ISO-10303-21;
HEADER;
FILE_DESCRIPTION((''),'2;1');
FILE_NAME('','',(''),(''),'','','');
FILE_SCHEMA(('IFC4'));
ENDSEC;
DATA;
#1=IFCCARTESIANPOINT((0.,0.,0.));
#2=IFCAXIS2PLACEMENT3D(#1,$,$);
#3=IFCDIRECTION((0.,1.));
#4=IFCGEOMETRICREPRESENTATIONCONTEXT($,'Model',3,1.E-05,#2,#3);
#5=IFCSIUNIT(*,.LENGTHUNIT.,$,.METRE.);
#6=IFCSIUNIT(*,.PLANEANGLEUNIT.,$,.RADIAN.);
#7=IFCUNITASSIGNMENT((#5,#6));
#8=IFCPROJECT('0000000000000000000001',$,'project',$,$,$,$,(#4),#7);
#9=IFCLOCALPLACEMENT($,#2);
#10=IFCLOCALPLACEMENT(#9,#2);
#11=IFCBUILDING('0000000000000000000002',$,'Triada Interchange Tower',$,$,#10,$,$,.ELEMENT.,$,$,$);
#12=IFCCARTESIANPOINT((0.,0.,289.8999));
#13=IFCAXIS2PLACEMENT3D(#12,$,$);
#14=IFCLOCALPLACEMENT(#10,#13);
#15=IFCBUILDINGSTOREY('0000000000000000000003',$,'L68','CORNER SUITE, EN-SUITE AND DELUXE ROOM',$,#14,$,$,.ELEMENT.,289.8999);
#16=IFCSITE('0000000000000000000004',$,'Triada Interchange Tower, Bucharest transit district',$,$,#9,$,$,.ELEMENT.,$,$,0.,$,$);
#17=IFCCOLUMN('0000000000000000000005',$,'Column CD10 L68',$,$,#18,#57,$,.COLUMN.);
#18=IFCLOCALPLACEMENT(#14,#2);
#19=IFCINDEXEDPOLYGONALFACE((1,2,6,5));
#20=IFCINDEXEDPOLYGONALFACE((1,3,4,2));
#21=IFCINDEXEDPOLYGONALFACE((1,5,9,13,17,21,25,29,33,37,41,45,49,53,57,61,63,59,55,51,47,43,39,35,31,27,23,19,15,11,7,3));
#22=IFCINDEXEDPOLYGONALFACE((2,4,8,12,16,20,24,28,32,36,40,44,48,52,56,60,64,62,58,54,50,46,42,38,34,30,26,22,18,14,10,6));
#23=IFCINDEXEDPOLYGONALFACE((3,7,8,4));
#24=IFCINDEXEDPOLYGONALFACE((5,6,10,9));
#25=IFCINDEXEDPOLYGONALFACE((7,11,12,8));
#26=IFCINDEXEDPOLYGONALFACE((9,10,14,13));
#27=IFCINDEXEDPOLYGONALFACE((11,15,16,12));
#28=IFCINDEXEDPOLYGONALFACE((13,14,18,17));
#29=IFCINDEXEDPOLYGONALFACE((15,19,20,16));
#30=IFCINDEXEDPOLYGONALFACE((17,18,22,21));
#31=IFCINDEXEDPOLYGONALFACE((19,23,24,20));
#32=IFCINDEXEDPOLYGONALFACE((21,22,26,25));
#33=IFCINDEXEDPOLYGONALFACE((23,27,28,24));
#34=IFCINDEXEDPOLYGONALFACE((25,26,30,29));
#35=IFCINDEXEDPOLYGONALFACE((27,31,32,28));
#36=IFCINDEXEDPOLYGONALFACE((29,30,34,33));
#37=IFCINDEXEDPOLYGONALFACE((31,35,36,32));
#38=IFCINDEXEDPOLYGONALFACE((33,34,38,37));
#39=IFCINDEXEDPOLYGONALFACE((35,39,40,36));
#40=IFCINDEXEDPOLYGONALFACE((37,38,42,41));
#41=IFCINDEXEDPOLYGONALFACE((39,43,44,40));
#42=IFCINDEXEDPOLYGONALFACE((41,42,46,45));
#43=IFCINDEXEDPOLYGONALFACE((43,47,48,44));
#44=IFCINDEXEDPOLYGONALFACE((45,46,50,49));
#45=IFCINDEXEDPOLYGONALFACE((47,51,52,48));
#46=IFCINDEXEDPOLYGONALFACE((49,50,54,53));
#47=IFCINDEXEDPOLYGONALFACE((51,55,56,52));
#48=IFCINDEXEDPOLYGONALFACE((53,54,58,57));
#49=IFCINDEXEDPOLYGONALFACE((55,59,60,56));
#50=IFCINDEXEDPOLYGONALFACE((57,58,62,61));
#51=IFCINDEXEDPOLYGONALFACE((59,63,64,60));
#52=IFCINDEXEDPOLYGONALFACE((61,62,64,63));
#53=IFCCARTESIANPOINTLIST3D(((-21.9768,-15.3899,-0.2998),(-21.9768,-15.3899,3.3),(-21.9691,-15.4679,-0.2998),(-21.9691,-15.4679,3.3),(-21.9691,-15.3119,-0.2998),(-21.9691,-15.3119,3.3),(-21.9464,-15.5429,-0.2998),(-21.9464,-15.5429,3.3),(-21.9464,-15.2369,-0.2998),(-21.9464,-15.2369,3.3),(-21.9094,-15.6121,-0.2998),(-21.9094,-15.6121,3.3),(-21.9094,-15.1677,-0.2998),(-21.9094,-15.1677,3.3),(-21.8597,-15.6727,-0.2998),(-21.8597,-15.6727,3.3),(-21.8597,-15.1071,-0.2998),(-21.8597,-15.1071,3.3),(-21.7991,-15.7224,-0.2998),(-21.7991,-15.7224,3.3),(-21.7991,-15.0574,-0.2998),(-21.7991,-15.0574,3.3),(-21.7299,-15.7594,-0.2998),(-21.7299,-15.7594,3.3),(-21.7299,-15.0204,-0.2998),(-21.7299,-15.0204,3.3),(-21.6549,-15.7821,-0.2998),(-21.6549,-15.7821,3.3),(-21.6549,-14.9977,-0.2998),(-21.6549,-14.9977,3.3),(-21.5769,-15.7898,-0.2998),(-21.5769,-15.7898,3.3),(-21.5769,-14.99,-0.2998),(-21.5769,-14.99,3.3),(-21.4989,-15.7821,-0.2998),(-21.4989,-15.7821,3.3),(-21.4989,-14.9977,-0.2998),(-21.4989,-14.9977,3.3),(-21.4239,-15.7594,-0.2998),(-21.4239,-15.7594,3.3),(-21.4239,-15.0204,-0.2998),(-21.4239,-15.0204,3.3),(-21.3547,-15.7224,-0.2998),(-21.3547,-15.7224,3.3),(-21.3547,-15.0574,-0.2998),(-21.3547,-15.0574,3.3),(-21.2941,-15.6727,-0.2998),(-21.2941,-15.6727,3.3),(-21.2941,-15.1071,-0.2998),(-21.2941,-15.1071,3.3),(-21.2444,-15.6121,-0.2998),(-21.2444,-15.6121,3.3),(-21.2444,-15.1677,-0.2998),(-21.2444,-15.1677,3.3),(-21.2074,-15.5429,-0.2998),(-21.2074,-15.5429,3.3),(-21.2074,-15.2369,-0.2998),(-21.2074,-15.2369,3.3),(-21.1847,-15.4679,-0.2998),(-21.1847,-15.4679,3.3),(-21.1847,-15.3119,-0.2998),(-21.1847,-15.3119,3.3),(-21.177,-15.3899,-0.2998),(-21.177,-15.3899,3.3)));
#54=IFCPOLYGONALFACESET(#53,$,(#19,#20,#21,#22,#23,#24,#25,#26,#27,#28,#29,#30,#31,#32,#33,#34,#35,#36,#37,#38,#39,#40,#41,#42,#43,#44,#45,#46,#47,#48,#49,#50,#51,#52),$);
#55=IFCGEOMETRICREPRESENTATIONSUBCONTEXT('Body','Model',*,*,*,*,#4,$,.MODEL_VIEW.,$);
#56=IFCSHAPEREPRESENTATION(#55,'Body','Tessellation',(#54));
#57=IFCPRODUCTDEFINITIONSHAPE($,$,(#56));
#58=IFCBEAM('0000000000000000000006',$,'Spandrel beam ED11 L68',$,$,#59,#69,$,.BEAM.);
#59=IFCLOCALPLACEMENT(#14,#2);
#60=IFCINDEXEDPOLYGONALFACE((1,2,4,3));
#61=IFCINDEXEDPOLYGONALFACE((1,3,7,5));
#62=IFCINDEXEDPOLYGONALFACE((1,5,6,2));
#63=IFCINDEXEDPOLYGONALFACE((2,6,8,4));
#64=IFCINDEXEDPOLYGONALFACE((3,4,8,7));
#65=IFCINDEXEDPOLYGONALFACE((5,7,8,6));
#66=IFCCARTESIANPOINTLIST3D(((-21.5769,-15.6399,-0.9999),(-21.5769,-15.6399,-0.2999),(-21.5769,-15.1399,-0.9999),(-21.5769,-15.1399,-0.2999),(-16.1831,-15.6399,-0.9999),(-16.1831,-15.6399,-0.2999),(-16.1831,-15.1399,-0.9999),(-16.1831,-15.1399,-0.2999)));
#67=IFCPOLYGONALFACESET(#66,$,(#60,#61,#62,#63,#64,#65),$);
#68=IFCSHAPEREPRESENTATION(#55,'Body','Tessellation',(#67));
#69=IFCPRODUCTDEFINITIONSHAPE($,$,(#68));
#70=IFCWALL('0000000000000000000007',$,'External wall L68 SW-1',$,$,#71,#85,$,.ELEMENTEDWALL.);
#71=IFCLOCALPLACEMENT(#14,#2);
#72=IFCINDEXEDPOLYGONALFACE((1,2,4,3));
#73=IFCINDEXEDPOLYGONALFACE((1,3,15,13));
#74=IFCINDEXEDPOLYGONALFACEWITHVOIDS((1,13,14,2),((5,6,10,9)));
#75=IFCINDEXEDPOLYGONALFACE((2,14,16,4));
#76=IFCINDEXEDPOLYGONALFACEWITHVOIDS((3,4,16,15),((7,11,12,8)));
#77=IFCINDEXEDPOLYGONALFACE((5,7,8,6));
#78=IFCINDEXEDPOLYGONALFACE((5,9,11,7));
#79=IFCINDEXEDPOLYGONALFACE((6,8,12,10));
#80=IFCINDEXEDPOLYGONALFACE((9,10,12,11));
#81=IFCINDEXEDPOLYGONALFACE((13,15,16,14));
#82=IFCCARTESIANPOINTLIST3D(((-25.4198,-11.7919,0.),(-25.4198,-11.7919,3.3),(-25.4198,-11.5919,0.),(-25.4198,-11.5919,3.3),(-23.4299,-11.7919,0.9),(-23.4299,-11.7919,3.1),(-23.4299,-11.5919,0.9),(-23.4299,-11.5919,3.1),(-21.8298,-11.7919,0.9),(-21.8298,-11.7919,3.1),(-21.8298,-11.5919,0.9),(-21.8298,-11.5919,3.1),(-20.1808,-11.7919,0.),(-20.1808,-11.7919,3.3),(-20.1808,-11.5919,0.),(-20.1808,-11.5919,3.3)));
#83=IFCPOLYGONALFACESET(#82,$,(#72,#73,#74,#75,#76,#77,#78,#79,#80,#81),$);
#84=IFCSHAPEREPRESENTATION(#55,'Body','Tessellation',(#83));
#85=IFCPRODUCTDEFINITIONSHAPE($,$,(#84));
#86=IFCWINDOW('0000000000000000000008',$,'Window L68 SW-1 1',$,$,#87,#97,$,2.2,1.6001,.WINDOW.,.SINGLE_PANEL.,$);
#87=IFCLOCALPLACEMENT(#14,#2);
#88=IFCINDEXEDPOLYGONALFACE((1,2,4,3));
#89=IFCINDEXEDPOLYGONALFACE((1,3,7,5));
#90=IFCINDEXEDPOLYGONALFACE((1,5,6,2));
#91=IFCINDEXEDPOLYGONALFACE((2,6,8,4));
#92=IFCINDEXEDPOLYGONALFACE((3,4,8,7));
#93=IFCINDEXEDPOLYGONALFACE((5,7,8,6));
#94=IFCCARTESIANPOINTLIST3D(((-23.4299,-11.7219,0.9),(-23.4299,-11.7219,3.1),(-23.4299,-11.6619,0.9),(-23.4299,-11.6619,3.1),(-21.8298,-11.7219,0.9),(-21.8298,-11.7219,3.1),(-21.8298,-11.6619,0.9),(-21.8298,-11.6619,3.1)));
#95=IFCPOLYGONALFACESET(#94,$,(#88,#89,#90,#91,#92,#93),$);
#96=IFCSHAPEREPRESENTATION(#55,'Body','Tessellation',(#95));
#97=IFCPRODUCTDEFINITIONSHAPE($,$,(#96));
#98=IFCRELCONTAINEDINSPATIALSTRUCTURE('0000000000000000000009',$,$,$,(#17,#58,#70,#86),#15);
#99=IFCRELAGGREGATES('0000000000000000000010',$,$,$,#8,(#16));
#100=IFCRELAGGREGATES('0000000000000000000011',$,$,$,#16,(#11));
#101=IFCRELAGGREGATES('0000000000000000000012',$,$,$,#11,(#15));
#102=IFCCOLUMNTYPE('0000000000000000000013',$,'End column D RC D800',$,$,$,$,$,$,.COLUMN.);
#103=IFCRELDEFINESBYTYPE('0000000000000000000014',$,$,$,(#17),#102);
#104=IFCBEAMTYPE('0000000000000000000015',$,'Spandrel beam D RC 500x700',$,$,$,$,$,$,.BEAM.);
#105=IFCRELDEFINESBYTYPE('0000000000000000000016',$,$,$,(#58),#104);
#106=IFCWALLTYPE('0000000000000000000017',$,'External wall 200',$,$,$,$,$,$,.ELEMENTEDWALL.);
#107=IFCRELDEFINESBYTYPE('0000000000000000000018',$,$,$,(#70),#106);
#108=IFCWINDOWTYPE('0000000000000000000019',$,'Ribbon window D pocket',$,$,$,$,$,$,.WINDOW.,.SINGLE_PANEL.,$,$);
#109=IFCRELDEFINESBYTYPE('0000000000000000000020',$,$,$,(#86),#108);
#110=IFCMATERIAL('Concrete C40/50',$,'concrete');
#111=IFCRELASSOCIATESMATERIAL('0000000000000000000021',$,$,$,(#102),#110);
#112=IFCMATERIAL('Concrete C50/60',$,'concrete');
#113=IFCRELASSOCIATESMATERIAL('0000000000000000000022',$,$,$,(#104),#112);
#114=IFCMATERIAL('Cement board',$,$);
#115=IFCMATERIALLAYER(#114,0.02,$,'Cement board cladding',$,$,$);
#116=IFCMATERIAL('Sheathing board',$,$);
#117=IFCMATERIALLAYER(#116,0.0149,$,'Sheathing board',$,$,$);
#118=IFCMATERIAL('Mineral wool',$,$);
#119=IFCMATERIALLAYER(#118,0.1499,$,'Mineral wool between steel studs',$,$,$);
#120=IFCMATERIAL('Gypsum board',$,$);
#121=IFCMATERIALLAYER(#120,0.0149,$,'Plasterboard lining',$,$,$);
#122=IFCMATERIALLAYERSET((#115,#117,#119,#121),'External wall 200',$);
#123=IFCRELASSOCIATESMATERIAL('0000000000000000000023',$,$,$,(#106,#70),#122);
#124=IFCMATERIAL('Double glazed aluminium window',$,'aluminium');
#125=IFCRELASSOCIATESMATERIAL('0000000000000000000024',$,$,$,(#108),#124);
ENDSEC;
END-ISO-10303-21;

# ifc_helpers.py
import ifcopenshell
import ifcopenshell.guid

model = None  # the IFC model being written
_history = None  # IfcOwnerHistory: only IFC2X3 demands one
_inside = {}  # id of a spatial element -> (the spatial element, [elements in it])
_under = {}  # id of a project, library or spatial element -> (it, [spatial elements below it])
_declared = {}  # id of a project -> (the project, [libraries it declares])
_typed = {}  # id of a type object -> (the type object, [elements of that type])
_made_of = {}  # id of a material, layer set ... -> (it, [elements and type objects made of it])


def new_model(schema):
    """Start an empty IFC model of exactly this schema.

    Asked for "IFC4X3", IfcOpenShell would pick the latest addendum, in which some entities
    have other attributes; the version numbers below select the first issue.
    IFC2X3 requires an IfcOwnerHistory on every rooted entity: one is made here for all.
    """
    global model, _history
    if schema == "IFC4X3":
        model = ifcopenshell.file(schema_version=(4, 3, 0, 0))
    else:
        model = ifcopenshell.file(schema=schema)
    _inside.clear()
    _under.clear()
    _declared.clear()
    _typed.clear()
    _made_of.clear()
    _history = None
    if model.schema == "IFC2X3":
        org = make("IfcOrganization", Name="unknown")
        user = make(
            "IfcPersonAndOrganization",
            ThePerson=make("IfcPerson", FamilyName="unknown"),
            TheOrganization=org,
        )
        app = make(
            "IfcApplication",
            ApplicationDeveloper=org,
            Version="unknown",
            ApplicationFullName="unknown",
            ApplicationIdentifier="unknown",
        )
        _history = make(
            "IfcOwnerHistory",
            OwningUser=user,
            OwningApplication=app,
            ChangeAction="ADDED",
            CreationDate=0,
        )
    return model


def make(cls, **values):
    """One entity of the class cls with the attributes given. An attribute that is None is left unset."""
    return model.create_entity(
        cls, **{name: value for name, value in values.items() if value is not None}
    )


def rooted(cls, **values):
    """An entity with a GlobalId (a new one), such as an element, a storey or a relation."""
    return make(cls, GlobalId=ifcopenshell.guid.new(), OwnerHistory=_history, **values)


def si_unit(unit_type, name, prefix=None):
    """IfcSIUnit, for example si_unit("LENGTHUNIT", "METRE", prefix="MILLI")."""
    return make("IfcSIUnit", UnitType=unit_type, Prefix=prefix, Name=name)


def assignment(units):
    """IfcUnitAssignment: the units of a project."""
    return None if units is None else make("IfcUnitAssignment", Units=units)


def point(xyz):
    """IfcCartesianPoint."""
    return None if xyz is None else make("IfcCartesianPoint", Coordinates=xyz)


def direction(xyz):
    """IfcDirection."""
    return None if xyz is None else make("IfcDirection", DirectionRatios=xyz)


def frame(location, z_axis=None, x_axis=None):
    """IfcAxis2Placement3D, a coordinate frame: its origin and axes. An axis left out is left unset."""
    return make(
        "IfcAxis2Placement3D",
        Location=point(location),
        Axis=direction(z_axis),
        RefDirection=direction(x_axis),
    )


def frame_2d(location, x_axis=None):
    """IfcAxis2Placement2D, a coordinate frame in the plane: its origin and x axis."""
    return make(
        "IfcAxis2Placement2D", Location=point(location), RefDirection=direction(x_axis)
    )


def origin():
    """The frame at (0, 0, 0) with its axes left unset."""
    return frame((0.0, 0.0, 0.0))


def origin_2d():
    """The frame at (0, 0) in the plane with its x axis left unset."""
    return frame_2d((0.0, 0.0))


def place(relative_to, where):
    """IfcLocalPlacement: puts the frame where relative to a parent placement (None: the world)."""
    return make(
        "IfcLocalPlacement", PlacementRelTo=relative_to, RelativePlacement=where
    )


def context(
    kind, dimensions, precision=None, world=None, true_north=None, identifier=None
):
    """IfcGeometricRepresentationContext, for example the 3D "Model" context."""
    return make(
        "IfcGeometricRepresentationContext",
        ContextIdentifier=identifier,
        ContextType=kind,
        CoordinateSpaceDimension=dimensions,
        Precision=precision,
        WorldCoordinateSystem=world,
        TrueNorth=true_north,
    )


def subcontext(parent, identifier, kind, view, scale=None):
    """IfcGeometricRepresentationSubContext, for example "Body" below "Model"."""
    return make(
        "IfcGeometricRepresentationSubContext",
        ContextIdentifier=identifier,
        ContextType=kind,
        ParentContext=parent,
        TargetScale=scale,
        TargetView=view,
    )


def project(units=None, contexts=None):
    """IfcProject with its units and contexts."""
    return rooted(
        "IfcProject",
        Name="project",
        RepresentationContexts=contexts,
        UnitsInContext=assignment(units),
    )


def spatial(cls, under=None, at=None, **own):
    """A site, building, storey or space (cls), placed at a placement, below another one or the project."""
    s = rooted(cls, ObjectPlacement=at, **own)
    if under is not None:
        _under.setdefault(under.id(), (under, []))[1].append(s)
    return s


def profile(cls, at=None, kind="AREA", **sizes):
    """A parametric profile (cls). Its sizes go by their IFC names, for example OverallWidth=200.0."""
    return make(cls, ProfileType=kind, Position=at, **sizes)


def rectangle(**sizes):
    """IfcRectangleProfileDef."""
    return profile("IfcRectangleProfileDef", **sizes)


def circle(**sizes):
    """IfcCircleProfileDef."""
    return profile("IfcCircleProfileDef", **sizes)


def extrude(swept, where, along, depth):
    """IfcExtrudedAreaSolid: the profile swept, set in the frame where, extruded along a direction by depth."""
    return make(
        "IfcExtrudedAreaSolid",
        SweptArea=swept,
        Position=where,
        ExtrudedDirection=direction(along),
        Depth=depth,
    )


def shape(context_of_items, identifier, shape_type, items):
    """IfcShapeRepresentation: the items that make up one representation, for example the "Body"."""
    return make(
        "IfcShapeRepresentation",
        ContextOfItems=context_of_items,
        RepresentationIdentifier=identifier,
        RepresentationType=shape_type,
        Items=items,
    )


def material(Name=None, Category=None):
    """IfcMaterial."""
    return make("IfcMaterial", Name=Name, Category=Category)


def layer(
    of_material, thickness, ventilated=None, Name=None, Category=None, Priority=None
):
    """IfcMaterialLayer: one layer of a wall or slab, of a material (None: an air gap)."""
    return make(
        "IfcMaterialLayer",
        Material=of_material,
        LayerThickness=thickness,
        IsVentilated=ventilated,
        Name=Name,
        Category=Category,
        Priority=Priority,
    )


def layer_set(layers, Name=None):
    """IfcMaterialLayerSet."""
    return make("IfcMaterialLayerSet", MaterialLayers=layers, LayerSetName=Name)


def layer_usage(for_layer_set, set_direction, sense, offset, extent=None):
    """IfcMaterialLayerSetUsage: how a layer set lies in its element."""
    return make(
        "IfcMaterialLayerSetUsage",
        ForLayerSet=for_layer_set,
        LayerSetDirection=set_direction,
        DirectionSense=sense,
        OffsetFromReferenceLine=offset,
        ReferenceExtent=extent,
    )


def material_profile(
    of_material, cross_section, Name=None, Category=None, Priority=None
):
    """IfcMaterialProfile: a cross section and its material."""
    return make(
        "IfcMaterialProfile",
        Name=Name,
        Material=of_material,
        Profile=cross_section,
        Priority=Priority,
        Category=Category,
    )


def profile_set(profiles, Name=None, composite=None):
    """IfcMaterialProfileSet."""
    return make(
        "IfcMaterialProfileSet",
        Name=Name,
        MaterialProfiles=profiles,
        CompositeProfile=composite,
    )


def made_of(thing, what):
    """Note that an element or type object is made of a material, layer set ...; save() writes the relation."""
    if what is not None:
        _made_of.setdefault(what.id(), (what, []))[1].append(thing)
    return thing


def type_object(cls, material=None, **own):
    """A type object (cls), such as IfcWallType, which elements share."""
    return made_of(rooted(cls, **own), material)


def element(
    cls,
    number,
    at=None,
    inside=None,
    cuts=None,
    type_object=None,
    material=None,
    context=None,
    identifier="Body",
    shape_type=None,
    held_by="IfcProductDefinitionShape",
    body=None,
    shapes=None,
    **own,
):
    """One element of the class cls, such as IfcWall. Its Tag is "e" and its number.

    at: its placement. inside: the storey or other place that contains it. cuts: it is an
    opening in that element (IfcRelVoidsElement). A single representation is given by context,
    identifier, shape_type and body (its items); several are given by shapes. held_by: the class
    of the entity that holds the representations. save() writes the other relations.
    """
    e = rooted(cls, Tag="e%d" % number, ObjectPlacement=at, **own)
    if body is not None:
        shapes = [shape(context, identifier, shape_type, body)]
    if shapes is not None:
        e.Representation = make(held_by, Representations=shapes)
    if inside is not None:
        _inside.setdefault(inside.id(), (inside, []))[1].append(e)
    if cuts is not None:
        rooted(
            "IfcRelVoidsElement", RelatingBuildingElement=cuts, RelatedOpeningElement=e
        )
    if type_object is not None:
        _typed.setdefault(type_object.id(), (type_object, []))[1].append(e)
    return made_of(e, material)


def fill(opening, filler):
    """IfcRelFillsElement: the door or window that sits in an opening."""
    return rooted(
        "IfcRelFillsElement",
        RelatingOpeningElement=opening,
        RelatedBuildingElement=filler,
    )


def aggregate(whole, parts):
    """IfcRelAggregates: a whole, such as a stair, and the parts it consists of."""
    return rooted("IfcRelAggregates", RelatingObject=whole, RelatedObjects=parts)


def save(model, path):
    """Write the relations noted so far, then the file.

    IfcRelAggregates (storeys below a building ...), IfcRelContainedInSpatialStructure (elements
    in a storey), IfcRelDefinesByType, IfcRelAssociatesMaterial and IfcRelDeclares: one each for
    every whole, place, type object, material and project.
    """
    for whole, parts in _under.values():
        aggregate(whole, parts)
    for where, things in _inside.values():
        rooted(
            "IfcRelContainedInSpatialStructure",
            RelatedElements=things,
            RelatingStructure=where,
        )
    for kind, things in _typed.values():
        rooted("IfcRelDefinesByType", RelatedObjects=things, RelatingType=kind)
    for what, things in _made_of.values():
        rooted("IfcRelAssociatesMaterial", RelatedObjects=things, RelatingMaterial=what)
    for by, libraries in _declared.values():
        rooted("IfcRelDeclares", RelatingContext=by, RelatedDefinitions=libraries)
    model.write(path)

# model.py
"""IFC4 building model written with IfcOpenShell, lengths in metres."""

from ifc_helpers import new_model, si_unit, direction, frame, frame_2d, origin, origin_2d, place, context, subcontext, project, spatial, rectangle, circle, extrude, material, layer, layer_set, layer_usage, material_profile, profile_set, type_object, element, fill, save


model = new_model("IFC4")

# Units and contexts
model_context = context("Model", 3, precision=1e-05, world=origin(), true_north=direction((0.0, 1.0)))
body_context = subcontext(model_context, "Body", "Model", "MODEL_VIEW")
ifc_project = project(units=[si_unit("LENGTHUNIT", "METRE"), si_unit("PLANEANGLEUNIT", "RADIAN")], contexts=[model_context])

# Site, building, storey
site_placement = place(None, origin())
site = spatial("IfcSite", under=ifc_project, at=site_placement, Name="Triada Interchange Tower, Bucharest transit district", CompositionType="ELEMENT", RefElevation=0.0)
building_placement = place(site_placement, origin())
building = spatial("IfcBuilding", under=site, at=building_placement, Name="Triada Interchange Tower", CompositionType="ELEMENT")
storey_placement = place(building_placement, frame((0.0, 0.0, 289.8999)))
storey = spatial("IfcBuildingStorey", under=building, at=storey_placement, Name="L68", Description="CORNER SUITE, EN-SUITE AND DELUXE ROOM", CompositionType="ELEMENT", Elevation=289.8999)

# Column
ifc_material_1 = material(Name="Concrete C40/50", Category="concrete")
ifc_material_profile_1 = material_profile(ifc_material_1, circle(Radius=0.3999, at=origin_2d()), Name="RC D800")
ifc_profile_set_1 = profile_set([ifc_material_profile_1], Name="Concrete C40/50")
column_type = type_object("IfcColumnType", Name="End column D RC D800", PredefinedType="COLUMN", material=ifc_profile_set_1)
column_placement = place(storey_placement, frame((-21.5769, -15.3899, -0.2998), z_axis=(0.0, 0.0, 1.0), x_axis=(1.0, 0.0, 0.0)))
element("IfcColumn", 1, at=column_placement, inside=storey, type_object=column_type, Name="Column CD10 L68", PredefinedType="COLUMN", context=body_context, shape_type="SweptSolid", body=[
    extrude(circle(Radius=0.3999, at=origin_2d()), origin(), (0.0, 0.0, 1.0), 3.5999),
])

# Beam
ifc_material_2 = material(Name="Concrete C50/60", Category="concrete")
ifc_material_profile_2 = material_profile(ifc_material_2, rectangle(XDim=0.5, YDim=0.7, at=origin_2d()), Name="RC 500x700")
ifc_profile_set_2 = profile_set([ifc_material_profile_2], Name="Concrete C50/60")
beam_type = type_object("IfcBeamType", Name="Spandrel beam D RC 500x700", PredefinedType="BEAM", material=ifc_profile_set_2)
beam_placement = place(storey_placement, frame((-21.5769, -15.3899, -0.6499), z_axis=(1.0, 0.0, 0.0), x_axis=(0.0, 1.0, 0.0)))
element("IfcBeam", 2, at=beam_placement, inside=storey, type_object=beam_type, Name="Spandrel beam ED11 L68", PredefinedType="BEAM", context=body_context, shape_type="SweptSolid", body=[
    extrude(rectangle(XDim=0.5, YDim=0.7, at=origin_2d()), origin(), (0.0, 0.0, 1.0), 5.3938),
])

# Wall, opening, window
ifc_material_3 = material(Name="Cement board")
ifc_layer_1 = layer(ifc_material_3, 0.02, Name="Cement board cladding")
ifc_material_4 = material(Name="Sheathing board")
ifc_layer_2 = layer(ifc_material_4, 0.0149, Name="Sheathing board")
ifc_material_5 = material(Name="Mineral wool")
ifc_layer_3 = layer(ifc_material_5, 0.1499, Name="Mineral wool between steel studs")
ifc_material_6 = material(Name="Gypsum board")
ifc_layer_4 = layer(ifc_material_6, 0.0149, Name="Plasterboard lining")
ifc_layer_set_1 = layer_set([ifc_layer_1, ifc_layer_2, ifc_layer_3, ifc_layer_4], Name="External wall 200")
ifc_layer_usage = layer_usage(ifc_layer_set_1, "AXIS2", "POSITIVE", -0.1001)
wall_type = type_object("IfcWallType", Name="External wall 200", PredefinedType="ELEMENTEDWALL", material=ifc_layer_set_1)
wall_1_placement = place(storey_placement, frame((-25.4199, -11.6919, 0.0), z_axis=(0.0, 0.0, 1.0), x_axis=(1.0, 0.0, 0.0)))
wall_1 = element("IfcWall", 3, at=wall_1_placement, inside=storey, type_object=wall_type, material=ifc_layer_usage, Name="External wall L68 SW-1", PredefinedType="ELEMENTEDWALL", context=body_context, shape_type="SweptSolid", body=[
    extrude(rectangle(XDim=5.239, YDim=0.2, at=frame_2d((2.6196, 0.0))), origin(), (0.0, 0.0, 1.0), 3.3),
])
opening_1_placement = place(wall_1_placement, frame((1.99, 0.0, 0.8999)))
opening_1 = element("IfcOpeningElement", 4, at=opening_1_placement, cuts=wall_1, PredefinedType="OPENING", context=body_context, shape_type="SweptSolid", body=[
    extrude(rectangle(XDim=1.6001, YDim=2.2, at=frame_2d((0.8, 1.1001))), frame((0.0, 0.1099, 0.0), z_axis=(0.0, -1.0, 0.0), x_axis=(1.0, 0.0, 0.0)), (0.0, 0.0, 1.0), 0.22),
])
ifc_material_7 = material(Name="Double glazed aluminium window", Category="aluminium")
window_type_1 = type_object("IfcWindowType", Name="Ribbon window D pocket", PartitioningType="SINGLE_PANEL", PredefinedType="WINDOW", material=ifc_material_7)
window_1_placement = place(opening_1_placement, origin())
window_1 = element("IfcWindow", 5, at=window_1_placement, inside=storey, type_object=window_type_1, Name="Window L68 SW-1 1", OverallHeight=2.2, OverallWidth=1.6001, PartitioningType="SINGLE_PANEL", PredefinedType="WINDOW", context=body_context, shape_type="SweptSolid", body=[
    extrude(rectangle(XDim=1.6001, YDim=2.2, at=frame_2d((0.8, 1.1001))), frame((0.0, 0.03, 0.0), z_axis=(0.0, -1.0, 0.0), x_axis=(1.0, 0.0, 0.0)), (0.0, 0.0, 1.0), 0.0601),
])
fill(opening_1, window_1)

save(model, "model.ifc")
